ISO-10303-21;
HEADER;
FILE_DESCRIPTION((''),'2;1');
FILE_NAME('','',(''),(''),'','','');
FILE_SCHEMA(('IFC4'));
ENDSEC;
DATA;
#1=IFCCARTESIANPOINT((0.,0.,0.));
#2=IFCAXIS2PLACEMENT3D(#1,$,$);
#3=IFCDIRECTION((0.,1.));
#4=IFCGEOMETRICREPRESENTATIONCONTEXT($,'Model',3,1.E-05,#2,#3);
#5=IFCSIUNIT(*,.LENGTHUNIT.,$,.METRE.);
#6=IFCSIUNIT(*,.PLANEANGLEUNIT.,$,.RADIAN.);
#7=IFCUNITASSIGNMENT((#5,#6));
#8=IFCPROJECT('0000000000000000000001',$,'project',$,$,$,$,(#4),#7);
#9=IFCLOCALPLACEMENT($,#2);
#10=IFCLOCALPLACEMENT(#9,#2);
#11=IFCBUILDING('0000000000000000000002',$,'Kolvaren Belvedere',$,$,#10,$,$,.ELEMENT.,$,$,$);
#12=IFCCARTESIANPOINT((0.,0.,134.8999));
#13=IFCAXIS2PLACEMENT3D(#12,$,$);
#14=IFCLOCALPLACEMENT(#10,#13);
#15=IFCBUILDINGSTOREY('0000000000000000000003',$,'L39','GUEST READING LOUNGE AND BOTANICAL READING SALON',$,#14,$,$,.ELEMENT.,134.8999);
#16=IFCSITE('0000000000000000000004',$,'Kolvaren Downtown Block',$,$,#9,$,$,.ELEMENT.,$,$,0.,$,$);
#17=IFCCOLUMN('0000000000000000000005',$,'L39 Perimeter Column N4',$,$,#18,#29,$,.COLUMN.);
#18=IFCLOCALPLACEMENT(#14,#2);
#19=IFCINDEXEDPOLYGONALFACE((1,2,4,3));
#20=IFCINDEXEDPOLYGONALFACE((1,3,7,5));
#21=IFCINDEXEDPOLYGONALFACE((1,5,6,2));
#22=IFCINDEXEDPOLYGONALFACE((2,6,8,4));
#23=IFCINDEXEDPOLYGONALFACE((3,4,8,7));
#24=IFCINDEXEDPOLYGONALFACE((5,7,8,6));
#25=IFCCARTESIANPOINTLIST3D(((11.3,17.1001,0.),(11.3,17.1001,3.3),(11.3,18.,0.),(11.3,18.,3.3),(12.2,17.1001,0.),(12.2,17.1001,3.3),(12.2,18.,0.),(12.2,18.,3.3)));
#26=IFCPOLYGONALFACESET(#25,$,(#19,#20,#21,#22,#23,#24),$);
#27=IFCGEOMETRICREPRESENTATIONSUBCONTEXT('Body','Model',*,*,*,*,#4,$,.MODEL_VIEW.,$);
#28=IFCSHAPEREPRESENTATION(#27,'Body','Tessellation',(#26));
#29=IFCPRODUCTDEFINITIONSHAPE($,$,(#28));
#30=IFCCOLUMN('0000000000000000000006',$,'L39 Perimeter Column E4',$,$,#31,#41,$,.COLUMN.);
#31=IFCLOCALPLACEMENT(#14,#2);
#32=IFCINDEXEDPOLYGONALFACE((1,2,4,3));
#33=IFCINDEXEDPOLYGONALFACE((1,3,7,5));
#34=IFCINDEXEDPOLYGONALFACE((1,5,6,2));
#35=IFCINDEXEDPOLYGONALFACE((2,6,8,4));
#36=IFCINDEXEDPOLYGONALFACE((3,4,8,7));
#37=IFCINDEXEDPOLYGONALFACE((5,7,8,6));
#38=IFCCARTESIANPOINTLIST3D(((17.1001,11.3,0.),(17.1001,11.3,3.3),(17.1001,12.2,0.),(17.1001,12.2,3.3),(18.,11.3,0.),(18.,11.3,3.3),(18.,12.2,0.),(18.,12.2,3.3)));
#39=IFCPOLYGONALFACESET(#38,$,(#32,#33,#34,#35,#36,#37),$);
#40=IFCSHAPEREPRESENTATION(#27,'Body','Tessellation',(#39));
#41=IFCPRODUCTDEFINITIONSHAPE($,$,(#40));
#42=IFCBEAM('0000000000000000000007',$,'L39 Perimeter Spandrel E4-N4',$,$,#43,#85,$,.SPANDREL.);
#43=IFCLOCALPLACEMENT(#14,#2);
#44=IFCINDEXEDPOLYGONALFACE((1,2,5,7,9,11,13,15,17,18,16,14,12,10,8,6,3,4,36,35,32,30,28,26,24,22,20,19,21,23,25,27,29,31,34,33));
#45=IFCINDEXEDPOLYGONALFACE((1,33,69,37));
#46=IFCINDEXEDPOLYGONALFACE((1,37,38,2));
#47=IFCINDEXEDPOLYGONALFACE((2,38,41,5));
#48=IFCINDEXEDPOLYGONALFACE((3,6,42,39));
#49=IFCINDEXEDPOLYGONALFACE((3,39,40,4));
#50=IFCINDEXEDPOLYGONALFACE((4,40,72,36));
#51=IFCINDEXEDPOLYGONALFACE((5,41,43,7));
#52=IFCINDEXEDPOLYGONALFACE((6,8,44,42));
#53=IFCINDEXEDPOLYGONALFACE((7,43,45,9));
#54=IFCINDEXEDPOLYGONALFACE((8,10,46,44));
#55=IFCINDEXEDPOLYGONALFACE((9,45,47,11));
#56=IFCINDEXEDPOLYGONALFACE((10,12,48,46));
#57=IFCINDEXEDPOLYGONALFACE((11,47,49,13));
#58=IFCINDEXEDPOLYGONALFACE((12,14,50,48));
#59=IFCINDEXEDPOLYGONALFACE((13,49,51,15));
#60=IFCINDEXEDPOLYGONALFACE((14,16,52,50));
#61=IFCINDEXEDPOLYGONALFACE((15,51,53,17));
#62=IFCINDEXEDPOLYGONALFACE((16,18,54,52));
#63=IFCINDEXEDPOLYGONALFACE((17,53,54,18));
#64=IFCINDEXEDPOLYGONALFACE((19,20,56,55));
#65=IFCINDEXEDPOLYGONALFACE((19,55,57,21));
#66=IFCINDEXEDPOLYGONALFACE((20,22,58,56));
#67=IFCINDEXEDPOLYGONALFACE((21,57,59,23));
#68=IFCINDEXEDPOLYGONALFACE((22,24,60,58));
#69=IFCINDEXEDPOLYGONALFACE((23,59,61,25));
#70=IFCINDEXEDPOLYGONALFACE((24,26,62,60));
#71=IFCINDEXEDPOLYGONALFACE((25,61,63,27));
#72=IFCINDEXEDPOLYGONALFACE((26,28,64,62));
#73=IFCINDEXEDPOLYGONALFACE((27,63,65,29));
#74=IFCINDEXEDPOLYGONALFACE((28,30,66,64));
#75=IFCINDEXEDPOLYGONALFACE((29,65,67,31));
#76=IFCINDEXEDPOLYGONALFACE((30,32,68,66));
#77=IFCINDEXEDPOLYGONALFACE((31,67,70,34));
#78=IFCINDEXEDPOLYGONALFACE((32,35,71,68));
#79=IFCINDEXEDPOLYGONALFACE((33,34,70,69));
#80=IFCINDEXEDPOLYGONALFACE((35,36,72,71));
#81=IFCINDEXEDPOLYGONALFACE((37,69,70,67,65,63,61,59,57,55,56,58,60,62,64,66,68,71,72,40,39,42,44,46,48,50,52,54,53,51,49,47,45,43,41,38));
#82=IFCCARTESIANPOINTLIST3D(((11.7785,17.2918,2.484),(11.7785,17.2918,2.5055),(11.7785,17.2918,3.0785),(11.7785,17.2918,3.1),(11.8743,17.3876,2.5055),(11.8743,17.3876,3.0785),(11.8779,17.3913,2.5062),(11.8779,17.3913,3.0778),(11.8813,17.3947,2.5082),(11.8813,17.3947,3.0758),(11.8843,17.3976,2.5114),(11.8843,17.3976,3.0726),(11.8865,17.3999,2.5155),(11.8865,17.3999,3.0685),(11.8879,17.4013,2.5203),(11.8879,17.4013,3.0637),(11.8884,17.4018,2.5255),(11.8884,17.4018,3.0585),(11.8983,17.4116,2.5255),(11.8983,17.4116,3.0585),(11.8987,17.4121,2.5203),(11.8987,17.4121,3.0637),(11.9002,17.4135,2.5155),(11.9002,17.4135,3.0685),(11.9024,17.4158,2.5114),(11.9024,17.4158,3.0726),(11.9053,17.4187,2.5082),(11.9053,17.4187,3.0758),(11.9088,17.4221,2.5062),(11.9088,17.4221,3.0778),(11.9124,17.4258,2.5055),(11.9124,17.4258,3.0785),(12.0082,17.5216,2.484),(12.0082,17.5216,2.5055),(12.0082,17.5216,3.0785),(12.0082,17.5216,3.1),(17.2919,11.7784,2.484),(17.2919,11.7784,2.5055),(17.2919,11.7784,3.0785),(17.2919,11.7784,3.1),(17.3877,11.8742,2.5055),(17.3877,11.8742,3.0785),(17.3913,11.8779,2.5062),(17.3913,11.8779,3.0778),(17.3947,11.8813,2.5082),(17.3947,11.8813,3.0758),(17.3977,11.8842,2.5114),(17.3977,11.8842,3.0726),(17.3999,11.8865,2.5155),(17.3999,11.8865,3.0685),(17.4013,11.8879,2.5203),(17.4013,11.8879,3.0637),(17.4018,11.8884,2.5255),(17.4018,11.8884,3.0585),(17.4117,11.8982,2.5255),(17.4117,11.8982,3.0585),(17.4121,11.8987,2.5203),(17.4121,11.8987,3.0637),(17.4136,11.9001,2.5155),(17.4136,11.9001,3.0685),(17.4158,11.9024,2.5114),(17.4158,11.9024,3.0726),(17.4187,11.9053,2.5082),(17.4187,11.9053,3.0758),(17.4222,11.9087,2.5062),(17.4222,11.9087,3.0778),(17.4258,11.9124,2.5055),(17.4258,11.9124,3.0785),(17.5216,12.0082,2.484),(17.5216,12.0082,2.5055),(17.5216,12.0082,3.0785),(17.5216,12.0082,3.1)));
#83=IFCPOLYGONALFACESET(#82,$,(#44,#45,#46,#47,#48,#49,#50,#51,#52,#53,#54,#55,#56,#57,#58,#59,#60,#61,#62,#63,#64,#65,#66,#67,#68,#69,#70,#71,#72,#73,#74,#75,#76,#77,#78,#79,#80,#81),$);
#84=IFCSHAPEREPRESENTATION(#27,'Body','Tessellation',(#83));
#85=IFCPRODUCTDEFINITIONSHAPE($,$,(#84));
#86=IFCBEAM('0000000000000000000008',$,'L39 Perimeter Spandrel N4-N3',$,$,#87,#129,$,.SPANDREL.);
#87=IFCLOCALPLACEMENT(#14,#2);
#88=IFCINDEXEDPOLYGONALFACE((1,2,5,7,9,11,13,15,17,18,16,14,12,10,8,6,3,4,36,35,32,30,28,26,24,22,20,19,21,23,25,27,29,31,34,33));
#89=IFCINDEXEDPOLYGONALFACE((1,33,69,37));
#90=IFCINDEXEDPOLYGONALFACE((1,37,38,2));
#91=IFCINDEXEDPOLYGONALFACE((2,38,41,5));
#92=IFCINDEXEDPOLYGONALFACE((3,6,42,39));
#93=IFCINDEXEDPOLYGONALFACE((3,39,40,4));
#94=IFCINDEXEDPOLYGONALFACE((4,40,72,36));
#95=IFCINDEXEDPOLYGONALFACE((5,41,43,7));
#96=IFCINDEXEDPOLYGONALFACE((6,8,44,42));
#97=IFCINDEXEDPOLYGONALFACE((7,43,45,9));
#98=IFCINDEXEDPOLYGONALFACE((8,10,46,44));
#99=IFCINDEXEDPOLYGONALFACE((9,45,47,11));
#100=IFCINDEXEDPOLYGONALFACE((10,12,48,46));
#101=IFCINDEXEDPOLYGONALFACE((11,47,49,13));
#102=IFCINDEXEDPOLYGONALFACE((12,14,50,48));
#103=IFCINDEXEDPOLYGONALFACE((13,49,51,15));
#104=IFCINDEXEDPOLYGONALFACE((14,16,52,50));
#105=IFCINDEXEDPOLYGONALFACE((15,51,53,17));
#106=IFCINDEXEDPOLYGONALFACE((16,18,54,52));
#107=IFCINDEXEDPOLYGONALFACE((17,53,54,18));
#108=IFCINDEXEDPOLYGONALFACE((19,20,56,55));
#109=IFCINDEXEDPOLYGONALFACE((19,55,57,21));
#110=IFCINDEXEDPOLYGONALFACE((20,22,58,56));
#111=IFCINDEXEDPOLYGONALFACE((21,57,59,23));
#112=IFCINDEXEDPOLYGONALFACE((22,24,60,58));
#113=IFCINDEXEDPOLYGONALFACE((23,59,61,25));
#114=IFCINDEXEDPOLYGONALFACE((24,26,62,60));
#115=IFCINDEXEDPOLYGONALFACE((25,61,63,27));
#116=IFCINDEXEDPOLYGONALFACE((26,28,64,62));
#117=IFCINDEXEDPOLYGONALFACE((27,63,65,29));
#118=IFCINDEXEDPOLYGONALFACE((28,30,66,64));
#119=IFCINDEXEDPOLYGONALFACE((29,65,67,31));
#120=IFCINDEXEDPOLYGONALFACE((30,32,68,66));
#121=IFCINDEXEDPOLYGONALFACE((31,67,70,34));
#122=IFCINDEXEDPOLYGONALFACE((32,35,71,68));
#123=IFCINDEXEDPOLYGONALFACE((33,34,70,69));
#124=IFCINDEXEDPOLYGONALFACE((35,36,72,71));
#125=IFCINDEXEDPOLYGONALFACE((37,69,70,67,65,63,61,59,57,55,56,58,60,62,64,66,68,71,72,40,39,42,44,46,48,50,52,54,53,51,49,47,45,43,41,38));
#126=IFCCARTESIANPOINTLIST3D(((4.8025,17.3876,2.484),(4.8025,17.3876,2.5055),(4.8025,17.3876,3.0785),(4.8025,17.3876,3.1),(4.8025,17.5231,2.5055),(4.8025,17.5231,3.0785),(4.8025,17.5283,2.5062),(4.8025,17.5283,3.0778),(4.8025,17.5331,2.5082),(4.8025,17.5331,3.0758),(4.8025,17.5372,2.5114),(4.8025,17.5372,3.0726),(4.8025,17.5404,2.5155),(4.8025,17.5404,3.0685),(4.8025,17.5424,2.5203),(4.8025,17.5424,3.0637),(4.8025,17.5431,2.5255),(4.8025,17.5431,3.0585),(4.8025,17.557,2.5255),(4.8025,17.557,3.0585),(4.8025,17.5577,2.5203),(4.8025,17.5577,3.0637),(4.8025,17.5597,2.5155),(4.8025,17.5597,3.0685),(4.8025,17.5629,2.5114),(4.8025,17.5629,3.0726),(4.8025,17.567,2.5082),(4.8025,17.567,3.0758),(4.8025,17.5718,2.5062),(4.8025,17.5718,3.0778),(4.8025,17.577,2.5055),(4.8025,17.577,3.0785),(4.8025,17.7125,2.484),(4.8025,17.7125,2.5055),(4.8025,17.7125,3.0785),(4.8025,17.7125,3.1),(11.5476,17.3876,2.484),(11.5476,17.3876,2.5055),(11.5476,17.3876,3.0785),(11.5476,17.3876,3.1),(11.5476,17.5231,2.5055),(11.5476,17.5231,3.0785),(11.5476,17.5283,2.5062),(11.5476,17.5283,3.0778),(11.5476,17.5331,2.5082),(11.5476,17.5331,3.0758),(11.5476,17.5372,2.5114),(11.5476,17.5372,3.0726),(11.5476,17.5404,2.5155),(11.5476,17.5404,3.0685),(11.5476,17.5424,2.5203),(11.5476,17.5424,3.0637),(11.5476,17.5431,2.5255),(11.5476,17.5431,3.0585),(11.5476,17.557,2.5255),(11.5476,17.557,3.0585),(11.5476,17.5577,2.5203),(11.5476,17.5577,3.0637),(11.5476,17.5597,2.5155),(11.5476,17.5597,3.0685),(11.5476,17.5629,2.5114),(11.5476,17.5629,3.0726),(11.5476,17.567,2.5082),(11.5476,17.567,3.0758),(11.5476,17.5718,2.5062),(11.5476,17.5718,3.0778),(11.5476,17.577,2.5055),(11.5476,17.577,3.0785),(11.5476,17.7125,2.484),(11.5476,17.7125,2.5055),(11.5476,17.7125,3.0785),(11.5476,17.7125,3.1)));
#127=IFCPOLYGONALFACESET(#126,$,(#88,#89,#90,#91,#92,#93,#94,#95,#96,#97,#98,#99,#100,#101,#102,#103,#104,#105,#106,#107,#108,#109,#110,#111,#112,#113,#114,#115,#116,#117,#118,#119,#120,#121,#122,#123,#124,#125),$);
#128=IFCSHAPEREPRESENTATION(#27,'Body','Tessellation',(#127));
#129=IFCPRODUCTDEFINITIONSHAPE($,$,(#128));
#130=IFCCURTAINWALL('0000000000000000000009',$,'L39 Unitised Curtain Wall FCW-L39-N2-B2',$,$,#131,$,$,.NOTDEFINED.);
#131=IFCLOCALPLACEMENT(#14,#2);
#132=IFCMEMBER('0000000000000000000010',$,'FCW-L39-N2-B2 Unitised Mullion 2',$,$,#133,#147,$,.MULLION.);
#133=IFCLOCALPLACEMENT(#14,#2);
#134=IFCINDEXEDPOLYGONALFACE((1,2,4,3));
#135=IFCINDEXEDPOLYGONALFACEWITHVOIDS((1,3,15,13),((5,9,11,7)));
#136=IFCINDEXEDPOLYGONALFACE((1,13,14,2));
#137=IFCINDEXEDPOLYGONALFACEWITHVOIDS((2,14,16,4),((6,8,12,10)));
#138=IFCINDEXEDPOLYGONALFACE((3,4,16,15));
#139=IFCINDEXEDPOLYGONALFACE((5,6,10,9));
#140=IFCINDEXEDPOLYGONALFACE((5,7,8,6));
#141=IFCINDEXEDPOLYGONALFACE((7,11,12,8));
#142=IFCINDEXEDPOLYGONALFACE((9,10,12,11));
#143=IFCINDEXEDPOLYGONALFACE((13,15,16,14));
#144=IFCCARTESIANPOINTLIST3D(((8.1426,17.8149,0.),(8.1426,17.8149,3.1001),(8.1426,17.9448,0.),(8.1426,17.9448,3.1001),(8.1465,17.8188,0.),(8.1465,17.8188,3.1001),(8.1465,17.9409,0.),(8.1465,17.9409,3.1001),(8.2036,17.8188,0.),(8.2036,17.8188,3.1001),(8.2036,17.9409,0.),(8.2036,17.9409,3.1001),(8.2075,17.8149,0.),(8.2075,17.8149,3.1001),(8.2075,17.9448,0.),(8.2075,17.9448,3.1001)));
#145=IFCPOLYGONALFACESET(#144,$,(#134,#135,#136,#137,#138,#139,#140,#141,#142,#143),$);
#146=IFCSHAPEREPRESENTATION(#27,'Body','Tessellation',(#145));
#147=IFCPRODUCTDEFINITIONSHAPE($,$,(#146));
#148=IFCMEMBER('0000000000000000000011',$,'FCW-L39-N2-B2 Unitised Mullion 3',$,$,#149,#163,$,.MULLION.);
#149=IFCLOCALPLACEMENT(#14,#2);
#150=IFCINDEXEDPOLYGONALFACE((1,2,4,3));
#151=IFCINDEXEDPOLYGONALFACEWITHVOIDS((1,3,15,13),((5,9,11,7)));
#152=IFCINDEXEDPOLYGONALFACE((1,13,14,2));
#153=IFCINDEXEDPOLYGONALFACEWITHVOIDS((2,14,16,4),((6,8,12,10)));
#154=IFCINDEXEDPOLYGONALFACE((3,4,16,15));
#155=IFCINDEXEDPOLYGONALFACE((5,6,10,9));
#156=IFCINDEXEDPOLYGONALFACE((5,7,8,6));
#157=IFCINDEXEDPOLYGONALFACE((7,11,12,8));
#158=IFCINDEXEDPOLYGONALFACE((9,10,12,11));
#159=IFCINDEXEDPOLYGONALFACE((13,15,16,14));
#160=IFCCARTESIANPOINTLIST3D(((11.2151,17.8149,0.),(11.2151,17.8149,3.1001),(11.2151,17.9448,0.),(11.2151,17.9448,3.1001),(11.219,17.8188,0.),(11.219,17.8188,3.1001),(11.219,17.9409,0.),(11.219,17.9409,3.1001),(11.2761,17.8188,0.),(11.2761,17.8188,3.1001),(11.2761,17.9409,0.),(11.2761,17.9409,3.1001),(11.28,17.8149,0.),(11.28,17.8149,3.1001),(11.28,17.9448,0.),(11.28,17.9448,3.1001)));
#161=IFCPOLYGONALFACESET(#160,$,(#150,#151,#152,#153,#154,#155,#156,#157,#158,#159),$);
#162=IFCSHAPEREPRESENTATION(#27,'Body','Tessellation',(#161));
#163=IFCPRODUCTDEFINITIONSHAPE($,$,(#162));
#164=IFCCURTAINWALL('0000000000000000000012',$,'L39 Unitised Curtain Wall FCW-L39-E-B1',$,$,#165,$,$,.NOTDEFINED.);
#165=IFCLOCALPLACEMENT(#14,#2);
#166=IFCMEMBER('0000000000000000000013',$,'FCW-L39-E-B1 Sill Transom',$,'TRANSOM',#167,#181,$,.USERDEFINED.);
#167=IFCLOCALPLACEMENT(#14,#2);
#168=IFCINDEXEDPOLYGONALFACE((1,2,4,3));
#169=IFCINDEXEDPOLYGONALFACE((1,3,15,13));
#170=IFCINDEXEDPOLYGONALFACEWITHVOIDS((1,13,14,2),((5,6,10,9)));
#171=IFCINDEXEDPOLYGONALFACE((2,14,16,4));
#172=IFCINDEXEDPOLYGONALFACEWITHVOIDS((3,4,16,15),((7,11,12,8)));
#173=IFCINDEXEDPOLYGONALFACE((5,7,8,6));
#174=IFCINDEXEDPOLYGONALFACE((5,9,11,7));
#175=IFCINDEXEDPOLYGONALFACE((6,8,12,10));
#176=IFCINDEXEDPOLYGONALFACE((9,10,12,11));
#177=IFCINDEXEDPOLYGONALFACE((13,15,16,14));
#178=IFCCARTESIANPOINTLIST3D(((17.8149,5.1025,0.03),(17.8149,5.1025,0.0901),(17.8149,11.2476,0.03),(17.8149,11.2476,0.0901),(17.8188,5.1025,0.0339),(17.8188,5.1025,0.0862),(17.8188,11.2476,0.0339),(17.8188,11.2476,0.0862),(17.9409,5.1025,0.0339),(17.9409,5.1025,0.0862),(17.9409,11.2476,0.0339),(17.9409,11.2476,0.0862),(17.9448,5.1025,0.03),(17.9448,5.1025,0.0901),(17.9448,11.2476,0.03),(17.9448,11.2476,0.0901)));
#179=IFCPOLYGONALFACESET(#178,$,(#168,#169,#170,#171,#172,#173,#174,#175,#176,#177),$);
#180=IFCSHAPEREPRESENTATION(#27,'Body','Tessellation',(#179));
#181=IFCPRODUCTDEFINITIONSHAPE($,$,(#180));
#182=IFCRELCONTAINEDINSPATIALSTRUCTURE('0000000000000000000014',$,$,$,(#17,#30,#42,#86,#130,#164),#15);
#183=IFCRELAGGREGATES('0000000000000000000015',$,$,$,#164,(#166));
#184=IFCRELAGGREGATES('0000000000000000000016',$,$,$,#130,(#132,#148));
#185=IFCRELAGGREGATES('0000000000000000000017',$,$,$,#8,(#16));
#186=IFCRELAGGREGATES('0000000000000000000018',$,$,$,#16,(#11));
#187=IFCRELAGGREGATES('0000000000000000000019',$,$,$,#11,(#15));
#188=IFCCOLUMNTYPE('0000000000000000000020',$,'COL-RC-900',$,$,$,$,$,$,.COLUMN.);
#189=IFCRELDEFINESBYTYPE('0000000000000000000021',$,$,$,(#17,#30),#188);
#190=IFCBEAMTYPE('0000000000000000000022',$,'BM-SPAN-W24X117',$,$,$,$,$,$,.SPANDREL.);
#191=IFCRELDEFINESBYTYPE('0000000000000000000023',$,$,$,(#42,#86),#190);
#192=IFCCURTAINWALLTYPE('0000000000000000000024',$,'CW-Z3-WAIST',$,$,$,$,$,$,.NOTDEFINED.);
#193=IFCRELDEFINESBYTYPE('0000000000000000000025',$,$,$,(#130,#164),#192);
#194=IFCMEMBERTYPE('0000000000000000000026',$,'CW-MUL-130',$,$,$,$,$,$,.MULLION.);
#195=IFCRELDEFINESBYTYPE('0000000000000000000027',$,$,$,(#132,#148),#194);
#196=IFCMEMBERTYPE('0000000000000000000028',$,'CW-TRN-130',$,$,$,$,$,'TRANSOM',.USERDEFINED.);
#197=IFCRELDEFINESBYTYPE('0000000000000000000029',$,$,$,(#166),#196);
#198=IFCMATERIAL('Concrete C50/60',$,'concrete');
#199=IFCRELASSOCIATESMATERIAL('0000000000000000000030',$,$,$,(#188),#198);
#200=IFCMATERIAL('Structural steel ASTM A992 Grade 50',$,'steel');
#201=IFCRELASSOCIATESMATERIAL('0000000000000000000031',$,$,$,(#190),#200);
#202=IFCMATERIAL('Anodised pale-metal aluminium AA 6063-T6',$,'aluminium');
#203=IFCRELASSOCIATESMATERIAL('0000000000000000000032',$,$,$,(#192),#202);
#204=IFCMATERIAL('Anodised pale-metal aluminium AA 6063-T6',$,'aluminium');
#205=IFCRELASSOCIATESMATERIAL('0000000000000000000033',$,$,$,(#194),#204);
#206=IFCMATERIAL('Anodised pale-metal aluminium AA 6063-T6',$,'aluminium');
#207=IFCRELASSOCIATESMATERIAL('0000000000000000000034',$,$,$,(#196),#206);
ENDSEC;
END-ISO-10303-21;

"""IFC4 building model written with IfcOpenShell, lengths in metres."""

from ifc_helpers import new_model, si_unit, direction, frame, origin, origin_2d, place, context, subcontext, project, spatial, rectangle, hollow_rectangle, i_section, extrude, material, material_profile, profile_set, type_object, element, aggregate, save


model = new_model("IFC4")

# Units and contexts
model_context = context("Model", 3, precision=1e-05, world=origin(), true_north=direction((0.0, 1.0)))
body_context = subcontext(model_context, "Body", "Model", "MODEL_VIEW")
ifc_project = project(units=[si_unit("LENGTHUNIT", "METRE"), si_unit("PLANEANGLEUNIT", "RADIAN")], contexts=[model_context])

# Site, building, storey
site_placement = place(None, origin())
site = spatial("IfcSite", under=ifc_project, at=site_placement, Name="Kolvaren Downtown Block", CompositionType="ELEMENT", RefElevation=0.0)
building_placement = place(site_placement, origin())
building = spatial("IfcBuilding", under=site, at=building_placement, Name="Kolvaren Belvedere", CompositionType="ELEMENT")
storey_placement = place(building_placement, frame((0.0, 0.0, 134.8999)))
storey = spatial("IfcBuildingStorey", under=building, at=storey_placement, Name="L39", Description="GUEST READING LOUNGE AND BOTANICAL READING SALON", CompositionType="ELEMENT", Elevation=134.8999)

# Columns
ifc_material_1 = material(Name="Concrete C50/60", Category="concrete")
ifc_material_profile_1 = material_profile(ifc_material_1, rectangle(XDim=0.8999, YDim=0.8999, at=origin_2d()), Name="RC 900X900")
ifc_profile_set_1 = profile_set([ifc_material_profile_1], Name="Concrete C50/60")
column_type = type_object("IfcColumnType", Name="COL-RC-900", PredefinedType="COLUMN", material=ifc_profile_set_1)
for number, where, z_axis, x_axis, name in (
    (1, (11.75, 17.55, 0.0), (0.0, 0.0, 1.0), (1.0, 0.0, 0.0), "L39 Perimeter Column N4"),
    (2, (17.55, 11.75, 0.0), (0.0, 0.0, 1.0), (1.0, 0.0, 0.0), "L39 Perimeter Column E4"),
):
    element("IfcColumn", number, at=place(storey_placement, frame(where, z_axis=z_axis, x_axis=x_axis)), inside=storey, type_object=column_type, Name=name, PredefinedType="COLUMN", context=body_context, shape_type="SweptSolid", body=[
        extrude(rectangle(XDim=0.8999, YDim=0.8999, at=origin_2d()), origin(), (0.0, 0.0, 1.0), 3.3),
    ])

# Beams
ifc_material_2 = material(Name="Structural steel ASTM A992 Grade 50", Category="steel")
ifc_material_profile_2 = material_profile(ifc_material_2, i_section(OverallWidth=0.325, OverallDepth=0.616, WebThickness=0.0139, FlangeThickness=0.0215, FilletRadius=0.02, at=origin_2d()), Name="W24X117")
ifc_profile_set_2 = profile_set([ifc_material_profile_2], Name="Structural steel ASTM A992 Grade 50")
beam_type = type_object("IfcBeamType", Name="BM-SPAN-W24X117", PredefinedType="SPANDREL", material=ifc_profile_set_2)
beam_1_placement = place(storey_placement, frame((17.4067, 11.8933, 2.792), z_axis=(-0.707107, 0.707107, 0.0), x_axis=(-0.707107, -0.707107, 0.0)))
element("IfcBeam", 3, at=beam_1_placement, inside=storey, type_object=beam_type, Name="L39 Perimeter Spandrel E4-N4", PredefinedType="SPANDREL", context=body_context, shape_type="SweptSolid", body=[
    extrude(i_section(OverallWidth=0.325, OverallDepth=0.616, WebThickness=0.0139, FlangeThickness=0.0215, FilletRadius=0.02, at=origin_2d()), origin(), (0.0, 0.0, 1.0), 7.7971),
])
beam_2_placement = place(storey_placement, frame((11.5476, 17.55, 2.792), z_axis=(-1.0, 0.0, 0.0), x_axis=(0.0, -1.0, 0.0)))
element("IfcBeam", 4, at=beam_2_placement, inside=storey, type_object=beam_type, Name="L39 Perimeter Spandrel N4-N3", PredefinedType="SPANDREL", context=body_context, shape_type="SweptSolid", body=[
    extrude(i_section(OverallWidth=0.325, OverallDepth=0.616, WebThickness=0.0139, FlangeThickness=0.0215, FilletRadius=0.02, at=origin_2d()), origin(), (0.0, 0.0, 1.0), 6.7451),
])

# Curtain walls, members
ifc_material_3 = material(Name="Anodised pale-metal aluminium AA 6063-T6", Category="aluminium")
curtain_wall_type = type_object("IfcCurtainWallType", Name="CW-Z3-WAIST", PredefinedType="NOTDEFINED", material=ifc_material_3)
curtain_wall_1_placement = place(storey_placement, origin())
curtain_wall_1 = element("IfcCurtainWall", 5, at=curtain_wall_1_placement, inside=storey, type_object=curtain_wall_type, Name="L39 Unitised Curtain Wall FCW-L39-N2-B2", PredefinedType="NOTDEFINED")
ifc_material_4 = material(Name="Anodised pale-metal aluminium AA 6063-T6", Category="aluminium")
ifc_material_profile_3 = material_profile(ifc_material_4, hollow_rectangle(XDim=0.0649, YDim=0.1299, WallThickness=0.0039, at=origin_2d()), Name="ALU-MUL-130X65")
ifc_profile_set_3 = profile_set([ifc_material_profile_3], Name="Anodised pale-metal aluminium AA 6063-T6")
member_type_1 = type_object("IfcMemberType", Name="CW-MUL-130", PredefinedType="MULLION", material=ifc_profile_set_3)
member_1_placement = place(storey_placement, frame((8.175, 17.8799, 0.0), z_axis=(0.0, 0.0, 1.0), x_axis=(1.0, 0.0, 0.0)))
member_1 = element("IfcMember", 6, at=member_1_placement, type_object=member_type_1, Name="FCW-L39-N2-B2 Unitised Mullion 2", PredefinedType="MULLION", context=body_context, shape_type="SweptSolid", body=[
    extrude(hollow_rectangle(XDim=0.0649, YDim=0.1299, WallThickness=0.0039, at=origin_2d()), origin(), (0.0, 0.0, 1.0), 3.1001),
])
member_2_placement = place(storey_placement, frame((11.2476, 17.8799, 0.0), z_axis=(0.0, 0.0, 1.0), x_axis=(1.0, 0.0, 0.0)))
member_2 = element("IfcMember", 7, at=member_2_placement, type_object=member_type_1, Name="FCW-L39-N2-B2 Unitised Mullion 3", PredefinedType="MULLION", context=body_context, shape_type="SweptSolid", body=[
    extrude(hollow_rectangle(XDim=0.0649, YDim=0.1299, WallThickness=0.0039, at=origin_2d()), origin(), (0.0, 0.0, 1.0), 3.1001),
])
curtain_wall_2_placement = place(storey_placement, origin())
curtain_wall_2 = element("IfcCurtainWall", 8, at=curtain_wall_2_placement, inside=storey, type_object=curtain_wall_type, Name="L39 Unitised Curtain Wall FCW-L39-E-B1", PredefinedType="NOTDEFINED")
ifc_material_5 = material(Name="Anodised pale-metal aluminium AA 6063-T6", Category="aluminium")
ifc_material_profile_4 = material_profile(ifc_material_5, hollow_rectangle(XDim=0.0601, YDim=0.1299, WallThickness=0.0039, at=origin_2d()), Name="ALU-TRN-130X60")
ifc_profile_set_4 = profile_set([ifc_material_profile_4], Name="Anodised pale-metal aluminium AA 6063-T6")
member_type_2 = type_object("IfcMemberType", Name="CW-TRN-130", ElementType="TRANSOM", PredefinedType="USERDEFINED", material=ifc_profile_set_4)
member_3_placement = place(storey_placement, frame((17.8799, 11.2476, 0.0601), z_axis=(0.0, -1.0, 0.0), x_axis=(0.0, 0.0, 1.0)))
member_3 = element("IfcMember", 9, at=member_3_placement, type_object=member_type_2, Name="FCW-L39-E-B1 Sill Transom", ObjectType="TRANSOM", PredefinedType="USERDEFINED", context=body_context, shape_type="SweptSolid", body=[
    extrude(hollow_rectangle(XDim=0.0601, YDim=0.1299, WallThickness=0.0039, at=origin_2d()), origin(), (0.0, 0.0, 1.0), 6.145),
])
aggregate(curtain_wall_2, [member_3])

aggregate(curtain_wall_1, [member_1, member_2])

save(model, "model.ifc")
